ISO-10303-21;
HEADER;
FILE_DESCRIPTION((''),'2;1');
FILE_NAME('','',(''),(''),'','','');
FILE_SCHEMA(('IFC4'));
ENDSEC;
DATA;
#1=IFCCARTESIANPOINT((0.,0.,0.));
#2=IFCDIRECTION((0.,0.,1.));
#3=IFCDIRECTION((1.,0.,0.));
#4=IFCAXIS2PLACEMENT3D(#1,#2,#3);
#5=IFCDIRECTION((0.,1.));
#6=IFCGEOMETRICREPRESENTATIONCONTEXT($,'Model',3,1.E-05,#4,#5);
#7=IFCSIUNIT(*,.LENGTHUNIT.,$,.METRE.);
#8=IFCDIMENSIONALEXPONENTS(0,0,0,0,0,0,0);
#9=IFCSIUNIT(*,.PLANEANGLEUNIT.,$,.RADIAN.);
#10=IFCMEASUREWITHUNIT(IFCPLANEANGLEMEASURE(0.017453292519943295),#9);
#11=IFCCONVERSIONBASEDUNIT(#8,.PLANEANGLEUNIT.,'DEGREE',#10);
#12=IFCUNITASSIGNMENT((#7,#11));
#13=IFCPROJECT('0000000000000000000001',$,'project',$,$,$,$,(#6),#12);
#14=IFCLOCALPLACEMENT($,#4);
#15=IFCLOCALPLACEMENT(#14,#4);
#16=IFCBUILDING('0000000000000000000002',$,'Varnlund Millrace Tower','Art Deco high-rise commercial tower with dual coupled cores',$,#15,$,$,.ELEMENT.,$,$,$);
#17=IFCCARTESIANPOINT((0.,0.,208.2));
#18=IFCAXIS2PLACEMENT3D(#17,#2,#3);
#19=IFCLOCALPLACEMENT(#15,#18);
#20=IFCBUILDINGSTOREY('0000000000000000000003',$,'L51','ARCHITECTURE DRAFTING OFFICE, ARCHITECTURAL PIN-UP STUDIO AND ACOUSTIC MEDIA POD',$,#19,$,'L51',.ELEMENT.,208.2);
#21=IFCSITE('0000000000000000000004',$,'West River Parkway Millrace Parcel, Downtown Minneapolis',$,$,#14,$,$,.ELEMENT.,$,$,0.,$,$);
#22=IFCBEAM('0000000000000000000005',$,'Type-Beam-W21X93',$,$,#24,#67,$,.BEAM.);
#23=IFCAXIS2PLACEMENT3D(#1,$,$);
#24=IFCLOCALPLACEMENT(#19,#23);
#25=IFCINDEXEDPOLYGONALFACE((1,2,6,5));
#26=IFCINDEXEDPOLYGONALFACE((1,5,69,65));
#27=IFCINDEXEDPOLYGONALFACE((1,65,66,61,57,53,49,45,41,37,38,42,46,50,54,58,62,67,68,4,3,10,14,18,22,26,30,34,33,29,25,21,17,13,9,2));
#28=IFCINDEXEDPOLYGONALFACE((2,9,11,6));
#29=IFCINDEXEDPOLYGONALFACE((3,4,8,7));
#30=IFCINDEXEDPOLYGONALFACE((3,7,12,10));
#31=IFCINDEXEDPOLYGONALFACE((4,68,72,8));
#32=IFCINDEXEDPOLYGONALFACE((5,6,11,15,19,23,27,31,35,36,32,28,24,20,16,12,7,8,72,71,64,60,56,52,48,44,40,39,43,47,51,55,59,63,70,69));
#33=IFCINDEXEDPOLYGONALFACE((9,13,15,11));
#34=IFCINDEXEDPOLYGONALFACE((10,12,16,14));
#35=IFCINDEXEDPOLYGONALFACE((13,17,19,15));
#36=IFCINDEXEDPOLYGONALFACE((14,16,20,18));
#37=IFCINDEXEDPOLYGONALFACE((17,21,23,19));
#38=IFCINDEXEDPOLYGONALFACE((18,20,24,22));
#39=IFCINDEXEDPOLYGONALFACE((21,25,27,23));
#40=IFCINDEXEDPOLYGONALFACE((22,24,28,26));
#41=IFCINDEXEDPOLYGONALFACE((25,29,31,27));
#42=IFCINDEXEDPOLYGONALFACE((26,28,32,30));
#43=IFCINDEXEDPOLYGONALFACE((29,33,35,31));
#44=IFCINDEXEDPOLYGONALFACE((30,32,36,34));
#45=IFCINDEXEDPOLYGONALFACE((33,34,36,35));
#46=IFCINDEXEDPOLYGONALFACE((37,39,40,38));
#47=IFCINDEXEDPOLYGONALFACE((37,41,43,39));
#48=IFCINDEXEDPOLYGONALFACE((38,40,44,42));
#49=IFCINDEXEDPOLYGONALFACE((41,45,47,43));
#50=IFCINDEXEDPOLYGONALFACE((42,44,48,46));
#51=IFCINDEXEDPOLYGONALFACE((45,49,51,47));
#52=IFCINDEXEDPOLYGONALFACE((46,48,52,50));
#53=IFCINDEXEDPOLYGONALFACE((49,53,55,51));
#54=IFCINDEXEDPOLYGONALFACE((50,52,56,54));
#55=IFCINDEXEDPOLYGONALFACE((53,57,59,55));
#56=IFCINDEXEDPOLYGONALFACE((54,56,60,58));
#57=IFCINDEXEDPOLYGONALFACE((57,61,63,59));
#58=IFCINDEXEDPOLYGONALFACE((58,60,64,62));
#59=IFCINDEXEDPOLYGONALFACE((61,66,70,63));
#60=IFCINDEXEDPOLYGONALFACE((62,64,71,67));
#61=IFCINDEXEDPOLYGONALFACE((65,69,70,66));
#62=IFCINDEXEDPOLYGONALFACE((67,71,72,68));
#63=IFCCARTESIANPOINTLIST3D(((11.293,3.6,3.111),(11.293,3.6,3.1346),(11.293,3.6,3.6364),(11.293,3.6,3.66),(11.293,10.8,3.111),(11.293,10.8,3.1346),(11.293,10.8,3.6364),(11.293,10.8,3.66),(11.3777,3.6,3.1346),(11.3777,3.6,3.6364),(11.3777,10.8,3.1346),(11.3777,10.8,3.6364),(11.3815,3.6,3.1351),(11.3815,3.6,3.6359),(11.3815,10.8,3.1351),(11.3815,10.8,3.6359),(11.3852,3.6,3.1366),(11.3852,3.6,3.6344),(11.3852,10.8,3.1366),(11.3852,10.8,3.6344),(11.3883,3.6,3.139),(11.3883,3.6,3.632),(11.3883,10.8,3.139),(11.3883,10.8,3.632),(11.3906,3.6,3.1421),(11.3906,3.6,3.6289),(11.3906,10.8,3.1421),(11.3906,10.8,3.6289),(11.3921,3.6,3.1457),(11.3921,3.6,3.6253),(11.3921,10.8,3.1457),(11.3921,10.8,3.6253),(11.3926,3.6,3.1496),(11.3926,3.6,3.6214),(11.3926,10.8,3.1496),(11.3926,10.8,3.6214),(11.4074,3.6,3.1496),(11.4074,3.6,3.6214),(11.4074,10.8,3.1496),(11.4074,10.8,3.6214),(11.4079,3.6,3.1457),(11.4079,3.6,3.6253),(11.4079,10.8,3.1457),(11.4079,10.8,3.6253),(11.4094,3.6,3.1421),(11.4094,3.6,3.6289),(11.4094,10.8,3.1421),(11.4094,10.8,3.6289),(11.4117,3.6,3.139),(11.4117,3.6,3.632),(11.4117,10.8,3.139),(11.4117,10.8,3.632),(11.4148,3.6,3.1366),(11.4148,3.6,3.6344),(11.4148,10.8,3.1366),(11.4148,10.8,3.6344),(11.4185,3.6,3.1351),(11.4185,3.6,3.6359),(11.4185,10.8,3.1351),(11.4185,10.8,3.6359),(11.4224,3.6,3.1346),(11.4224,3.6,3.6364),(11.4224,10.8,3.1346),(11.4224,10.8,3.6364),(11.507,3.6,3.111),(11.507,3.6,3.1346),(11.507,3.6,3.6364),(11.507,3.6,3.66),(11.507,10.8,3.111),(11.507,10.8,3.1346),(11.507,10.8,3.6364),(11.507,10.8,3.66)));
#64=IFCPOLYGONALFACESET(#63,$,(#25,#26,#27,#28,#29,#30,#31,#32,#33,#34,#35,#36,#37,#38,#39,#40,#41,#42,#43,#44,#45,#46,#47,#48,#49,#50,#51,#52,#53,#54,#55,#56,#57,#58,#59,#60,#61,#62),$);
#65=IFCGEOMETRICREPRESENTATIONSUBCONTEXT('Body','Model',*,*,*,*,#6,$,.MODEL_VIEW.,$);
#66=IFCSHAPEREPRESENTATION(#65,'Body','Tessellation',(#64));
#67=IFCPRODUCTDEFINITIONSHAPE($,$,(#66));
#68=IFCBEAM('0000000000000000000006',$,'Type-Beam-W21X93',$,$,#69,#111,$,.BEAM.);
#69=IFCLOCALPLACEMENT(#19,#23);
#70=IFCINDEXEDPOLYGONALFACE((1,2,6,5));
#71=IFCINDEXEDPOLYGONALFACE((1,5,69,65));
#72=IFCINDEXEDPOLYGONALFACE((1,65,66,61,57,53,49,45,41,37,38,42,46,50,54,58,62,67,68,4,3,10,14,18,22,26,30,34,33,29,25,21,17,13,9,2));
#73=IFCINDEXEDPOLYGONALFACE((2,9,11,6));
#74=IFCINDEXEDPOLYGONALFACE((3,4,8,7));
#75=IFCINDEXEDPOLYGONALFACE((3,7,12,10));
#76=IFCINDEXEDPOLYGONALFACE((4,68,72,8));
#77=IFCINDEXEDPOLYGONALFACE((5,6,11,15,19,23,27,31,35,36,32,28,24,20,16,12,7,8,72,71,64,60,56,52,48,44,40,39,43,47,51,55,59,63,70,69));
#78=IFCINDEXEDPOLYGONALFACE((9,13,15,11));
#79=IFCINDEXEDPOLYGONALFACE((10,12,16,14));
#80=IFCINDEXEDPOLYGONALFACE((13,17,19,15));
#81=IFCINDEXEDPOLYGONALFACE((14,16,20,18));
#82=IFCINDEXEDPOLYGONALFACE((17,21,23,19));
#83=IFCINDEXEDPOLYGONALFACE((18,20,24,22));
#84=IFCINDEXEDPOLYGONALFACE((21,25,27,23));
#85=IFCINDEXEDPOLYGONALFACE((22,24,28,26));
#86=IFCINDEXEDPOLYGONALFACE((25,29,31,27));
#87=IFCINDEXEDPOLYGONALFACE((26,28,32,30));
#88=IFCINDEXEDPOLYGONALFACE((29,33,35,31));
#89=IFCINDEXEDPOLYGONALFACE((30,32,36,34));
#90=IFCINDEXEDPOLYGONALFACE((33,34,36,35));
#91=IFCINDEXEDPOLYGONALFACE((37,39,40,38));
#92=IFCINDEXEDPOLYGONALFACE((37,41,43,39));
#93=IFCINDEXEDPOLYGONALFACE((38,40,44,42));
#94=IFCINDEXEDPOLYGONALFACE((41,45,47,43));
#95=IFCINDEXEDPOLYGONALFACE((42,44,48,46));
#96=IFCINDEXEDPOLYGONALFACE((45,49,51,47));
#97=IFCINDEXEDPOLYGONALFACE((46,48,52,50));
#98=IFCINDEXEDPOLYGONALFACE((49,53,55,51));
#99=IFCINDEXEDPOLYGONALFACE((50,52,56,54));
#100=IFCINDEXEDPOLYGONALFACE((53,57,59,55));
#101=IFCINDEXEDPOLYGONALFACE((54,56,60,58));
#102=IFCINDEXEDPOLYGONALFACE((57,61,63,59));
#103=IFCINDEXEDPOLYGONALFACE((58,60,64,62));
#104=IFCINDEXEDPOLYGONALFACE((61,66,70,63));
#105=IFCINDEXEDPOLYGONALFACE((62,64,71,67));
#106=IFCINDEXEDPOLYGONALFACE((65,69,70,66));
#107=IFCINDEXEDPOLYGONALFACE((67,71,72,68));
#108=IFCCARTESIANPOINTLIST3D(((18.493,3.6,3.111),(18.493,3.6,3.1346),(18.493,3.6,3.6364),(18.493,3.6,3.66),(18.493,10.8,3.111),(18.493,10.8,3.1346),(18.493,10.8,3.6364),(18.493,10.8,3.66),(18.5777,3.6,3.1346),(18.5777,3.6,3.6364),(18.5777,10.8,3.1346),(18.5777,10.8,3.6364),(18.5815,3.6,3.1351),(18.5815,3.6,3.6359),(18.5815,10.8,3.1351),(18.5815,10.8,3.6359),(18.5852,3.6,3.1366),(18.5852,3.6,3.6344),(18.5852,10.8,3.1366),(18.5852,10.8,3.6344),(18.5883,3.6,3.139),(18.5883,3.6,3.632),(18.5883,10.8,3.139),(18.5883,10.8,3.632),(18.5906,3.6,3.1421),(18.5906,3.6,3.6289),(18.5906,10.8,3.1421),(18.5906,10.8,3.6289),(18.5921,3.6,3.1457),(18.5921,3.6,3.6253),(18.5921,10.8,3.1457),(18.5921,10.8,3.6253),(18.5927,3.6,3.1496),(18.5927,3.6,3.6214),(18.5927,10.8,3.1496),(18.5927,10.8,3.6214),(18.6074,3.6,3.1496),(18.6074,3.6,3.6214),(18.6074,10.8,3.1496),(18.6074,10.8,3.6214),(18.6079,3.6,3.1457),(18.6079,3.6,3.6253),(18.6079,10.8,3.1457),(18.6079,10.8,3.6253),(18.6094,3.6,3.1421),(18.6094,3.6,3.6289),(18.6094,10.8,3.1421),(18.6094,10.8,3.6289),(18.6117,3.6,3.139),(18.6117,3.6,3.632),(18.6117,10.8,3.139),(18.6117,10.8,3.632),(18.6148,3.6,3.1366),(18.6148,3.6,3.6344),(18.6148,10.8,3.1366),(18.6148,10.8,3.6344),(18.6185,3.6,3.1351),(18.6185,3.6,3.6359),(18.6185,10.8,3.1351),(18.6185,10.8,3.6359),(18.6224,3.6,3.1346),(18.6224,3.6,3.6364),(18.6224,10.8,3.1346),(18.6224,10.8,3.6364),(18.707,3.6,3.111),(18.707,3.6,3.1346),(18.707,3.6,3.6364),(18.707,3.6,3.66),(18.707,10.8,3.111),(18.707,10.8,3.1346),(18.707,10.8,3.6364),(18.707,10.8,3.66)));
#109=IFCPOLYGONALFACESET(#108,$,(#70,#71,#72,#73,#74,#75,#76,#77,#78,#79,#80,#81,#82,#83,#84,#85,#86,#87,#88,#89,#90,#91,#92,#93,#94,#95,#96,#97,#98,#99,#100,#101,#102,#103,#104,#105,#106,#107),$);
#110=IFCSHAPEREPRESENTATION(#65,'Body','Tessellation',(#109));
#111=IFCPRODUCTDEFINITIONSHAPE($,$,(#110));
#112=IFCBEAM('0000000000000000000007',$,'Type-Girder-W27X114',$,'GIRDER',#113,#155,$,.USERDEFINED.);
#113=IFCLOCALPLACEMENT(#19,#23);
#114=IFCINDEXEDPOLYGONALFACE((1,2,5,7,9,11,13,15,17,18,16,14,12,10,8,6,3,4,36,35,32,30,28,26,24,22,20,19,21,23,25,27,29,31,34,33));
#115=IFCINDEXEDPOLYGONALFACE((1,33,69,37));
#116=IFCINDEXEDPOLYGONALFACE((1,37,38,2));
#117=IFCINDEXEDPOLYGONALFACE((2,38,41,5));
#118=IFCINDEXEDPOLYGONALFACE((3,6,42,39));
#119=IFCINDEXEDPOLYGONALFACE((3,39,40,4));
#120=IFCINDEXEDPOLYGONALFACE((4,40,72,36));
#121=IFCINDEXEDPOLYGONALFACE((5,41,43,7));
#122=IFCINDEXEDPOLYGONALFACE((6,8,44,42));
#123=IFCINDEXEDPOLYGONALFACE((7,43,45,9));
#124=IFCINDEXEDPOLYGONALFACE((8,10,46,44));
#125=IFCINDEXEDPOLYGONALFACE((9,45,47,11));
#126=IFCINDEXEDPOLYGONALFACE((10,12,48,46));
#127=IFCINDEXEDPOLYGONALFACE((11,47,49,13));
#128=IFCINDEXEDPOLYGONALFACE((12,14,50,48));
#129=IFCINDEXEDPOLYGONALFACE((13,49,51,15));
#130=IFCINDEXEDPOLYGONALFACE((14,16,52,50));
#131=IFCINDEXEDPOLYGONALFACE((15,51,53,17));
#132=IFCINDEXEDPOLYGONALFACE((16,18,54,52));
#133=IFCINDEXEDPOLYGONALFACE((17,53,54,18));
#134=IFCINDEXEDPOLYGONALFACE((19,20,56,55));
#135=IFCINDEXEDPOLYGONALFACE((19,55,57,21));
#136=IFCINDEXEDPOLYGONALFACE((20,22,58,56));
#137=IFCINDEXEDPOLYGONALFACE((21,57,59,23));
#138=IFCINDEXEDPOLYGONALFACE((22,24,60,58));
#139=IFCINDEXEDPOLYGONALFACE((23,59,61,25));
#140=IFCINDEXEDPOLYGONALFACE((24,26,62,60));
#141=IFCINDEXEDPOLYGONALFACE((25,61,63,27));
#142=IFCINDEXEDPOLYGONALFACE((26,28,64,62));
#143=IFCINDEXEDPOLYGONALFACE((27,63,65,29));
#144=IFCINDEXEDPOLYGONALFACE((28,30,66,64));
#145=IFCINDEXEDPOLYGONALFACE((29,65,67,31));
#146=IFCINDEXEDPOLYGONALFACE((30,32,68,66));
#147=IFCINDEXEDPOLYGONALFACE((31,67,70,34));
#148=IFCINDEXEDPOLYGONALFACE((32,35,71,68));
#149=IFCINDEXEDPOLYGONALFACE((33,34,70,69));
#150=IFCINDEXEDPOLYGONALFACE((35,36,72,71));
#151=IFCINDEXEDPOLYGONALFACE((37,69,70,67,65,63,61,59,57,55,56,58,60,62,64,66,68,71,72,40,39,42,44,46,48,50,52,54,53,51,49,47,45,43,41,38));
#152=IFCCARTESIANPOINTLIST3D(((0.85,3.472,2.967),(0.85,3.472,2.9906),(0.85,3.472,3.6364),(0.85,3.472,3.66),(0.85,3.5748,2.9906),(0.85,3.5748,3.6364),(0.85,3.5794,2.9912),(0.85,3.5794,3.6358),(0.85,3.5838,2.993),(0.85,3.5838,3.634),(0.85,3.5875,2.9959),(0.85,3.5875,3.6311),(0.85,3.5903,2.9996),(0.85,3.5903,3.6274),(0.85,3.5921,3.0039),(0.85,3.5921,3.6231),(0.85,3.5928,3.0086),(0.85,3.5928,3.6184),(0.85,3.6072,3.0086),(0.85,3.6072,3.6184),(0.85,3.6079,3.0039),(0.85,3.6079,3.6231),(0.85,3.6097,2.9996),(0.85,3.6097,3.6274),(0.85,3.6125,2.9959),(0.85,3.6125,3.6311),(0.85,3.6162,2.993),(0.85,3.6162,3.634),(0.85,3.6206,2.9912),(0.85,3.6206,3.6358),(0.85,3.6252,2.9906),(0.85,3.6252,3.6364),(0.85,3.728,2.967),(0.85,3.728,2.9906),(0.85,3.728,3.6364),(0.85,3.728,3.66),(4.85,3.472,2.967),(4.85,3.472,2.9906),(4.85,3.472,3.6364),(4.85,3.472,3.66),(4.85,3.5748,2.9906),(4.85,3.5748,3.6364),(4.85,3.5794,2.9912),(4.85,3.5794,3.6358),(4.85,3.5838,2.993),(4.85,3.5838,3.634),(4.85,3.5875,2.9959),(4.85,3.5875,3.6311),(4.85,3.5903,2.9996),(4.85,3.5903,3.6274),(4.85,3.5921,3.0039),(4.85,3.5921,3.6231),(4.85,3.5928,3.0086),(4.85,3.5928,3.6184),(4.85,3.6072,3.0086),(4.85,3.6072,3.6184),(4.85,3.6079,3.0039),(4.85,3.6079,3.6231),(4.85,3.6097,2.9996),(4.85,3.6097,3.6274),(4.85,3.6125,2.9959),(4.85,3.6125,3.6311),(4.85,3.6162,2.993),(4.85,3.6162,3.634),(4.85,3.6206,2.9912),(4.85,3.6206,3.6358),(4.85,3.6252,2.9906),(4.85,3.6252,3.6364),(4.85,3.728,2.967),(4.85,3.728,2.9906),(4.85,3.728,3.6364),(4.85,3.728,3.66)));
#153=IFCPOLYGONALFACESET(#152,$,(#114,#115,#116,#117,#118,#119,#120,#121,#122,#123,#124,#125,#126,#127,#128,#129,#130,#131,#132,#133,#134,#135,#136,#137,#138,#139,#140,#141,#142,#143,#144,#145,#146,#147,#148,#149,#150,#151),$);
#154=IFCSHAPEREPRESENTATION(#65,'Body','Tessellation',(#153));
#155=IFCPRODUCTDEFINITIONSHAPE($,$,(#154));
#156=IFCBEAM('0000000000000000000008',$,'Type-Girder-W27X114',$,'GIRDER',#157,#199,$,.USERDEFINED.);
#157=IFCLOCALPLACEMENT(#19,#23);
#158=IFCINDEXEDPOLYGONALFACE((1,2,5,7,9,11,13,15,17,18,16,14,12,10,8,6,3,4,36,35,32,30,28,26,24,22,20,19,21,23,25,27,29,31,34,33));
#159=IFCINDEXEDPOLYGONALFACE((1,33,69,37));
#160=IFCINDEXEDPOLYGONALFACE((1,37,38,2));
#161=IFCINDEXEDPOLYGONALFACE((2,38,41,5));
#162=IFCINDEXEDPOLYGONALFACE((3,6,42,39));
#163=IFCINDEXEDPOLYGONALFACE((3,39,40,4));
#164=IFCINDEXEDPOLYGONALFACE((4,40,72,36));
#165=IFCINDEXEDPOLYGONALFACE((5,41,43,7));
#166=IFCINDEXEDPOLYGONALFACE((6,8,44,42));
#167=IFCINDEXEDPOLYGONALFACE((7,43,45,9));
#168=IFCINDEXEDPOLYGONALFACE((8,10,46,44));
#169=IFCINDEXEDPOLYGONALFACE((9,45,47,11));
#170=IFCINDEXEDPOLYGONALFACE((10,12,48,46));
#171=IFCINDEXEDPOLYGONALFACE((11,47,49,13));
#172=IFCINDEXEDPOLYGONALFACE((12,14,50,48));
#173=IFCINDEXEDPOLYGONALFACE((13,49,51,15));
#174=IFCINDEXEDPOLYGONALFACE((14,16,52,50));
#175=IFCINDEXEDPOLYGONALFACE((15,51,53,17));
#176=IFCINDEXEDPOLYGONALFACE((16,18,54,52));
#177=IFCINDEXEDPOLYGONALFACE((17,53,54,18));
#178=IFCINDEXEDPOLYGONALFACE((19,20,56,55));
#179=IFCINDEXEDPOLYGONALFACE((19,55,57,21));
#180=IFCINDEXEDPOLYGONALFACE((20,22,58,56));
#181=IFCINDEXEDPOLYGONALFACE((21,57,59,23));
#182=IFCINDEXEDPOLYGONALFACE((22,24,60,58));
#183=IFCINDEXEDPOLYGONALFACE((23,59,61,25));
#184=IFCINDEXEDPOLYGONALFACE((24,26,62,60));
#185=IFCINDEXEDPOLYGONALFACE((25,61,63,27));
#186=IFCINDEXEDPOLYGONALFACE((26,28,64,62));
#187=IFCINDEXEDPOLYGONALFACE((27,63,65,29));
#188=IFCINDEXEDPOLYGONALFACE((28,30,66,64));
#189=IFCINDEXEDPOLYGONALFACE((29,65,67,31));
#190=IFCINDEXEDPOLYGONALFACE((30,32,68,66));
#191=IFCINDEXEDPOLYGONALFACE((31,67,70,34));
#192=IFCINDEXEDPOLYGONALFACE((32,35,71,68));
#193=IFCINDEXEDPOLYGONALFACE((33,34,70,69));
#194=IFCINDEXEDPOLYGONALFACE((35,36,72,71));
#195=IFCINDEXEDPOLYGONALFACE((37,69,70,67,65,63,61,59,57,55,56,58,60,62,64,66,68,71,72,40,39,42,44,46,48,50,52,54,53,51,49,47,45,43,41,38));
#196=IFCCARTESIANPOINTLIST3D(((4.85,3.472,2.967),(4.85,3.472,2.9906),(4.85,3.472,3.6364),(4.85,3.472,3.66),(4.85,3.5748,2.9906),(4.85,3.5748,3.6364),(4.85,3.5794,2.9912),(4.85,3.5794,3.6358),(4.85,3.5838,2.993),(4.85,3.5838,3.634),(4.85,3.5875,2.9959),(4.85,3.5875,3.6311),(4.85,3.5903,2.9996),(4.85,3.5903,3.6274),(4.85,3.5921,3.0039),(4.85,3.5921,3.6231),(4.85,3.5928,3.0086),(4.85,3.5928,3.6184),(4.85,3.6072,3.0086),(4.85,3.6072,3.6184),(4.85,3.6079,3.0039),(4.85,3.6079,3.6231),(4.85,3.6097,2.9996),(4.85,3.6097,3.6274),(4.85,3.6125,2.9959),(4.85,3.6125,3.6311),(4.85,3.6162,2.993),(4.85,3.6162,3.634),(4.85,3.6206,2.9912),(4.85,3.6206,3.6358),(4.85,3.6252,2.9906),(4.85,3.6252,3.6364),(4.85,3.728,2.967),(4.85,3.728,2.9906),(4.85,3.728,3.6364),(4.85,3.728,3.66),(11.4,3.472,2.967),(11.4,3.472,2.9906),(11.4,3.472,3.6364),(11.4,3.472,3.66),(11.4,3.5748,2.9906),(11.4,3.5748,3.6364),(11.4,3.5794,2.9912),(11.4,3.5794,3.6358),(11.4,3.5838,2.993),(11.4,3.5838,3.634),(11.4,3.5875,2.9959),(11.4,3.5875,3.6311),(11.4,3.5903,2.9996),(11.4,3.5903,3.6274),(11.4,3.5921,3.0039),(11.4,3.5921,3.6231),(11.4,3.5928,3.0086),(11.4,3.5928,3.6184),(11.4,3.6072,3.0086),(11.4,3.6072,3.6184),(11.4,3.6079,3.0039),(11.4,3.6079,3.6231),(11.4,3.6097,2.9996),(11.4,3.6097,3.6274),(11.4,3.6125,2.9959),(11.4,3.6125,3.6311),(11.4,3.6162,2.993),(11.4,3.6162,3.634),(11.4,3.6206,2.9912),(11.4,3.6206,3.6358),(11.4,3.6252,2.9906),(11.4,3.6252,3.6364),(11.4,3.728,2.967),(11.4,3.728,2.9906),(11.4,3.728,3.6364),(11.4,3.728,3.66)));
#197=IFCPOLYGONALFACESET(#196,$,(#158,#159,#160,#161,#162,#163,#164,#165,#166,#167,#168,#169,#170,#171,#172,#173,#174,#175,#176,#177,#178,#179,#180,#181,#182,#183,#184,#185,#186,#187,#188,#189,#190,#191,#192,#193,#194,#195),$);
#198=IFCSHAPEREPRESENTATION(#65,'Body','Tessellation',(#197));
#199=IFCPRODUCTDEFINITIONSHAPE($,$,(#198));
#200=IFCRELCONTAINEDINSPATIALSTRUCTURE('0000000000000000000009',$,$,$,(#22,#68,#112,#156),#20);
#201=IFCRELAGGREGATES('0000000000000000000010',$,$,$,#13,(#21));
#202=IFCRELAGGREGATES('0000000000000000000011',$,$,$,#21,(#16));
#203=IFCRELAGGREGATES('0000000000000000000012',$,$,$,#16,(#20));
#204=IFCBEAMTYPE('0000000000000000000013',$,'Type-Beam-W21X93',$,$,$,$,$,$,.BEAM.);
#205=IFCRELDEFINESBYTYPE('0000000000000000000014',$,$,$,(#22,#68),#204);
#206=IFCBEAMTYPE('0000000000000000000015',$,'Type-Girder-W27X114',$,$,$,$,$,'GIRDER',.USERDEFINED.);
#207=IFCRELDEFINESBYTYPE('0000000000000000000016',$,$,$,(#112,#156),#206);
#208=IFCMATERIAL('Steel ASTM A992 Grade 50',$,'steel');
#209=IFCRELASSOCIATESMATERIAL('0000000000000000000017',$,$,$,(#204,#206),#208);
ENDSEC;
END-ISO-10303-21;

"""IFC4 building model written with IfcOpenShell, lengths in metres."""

from ifc_helpers import new_model, entity, si_unit, converted_unit, direction, frame, origin_with_axes, origin_2d_with_axis, place, context, subcontext, project, spatial, i_section, extrude, material, material_profile, profile_set, type_object, element, save


model = new_model("IFC4")

# Units and contexts
model_context = context("Model", 3, precision=1e-05, world=origin_with_axes(), true_north=direction((0.0, 1.0)))
body_context = subcontext(model_context, "Body", "Model", "MODEL_VIEW")
ifc_project = project(units=[si_unit("LENGTHUNIT", "METRE"), converted_unit("PLANEANGLEUNIT", "DEGREE", entity("IfcPlaneAngleMeasure", 0.017453292519943295), si_unit("PLANEANGLEUNIT", "RADIAN"), dimensions=[0, 0, 0, 0, 0, 0, 0])], contexts=[model_context])

# Site, building, storey
site_placement = place(None, origin_with_axes())
site = spatial("IfcSite", under=ifc_project, at=site_placement, Name="West River Parkway Millrace Parcel, Downtown Minneapolis", CompositionType="ELEMENT", RefElevation=0.0)
building_placement = place(site_placement, origin_with_axes())
building = spatial("IfcBuilding", under=site, at=building_placement, Name="Varnlund Millrace Tower", Description="Art Deco high-rise commercial tower with dual coupled cores", CompositionType="ELEMENT")
storey_placement = place(building_placement, frame((0.0, 0.0, 208.2), z_axis=(0.0, 0.0, 1.0), x_axis=(1.0, 0.0, 0.0)))
storey = spatial("IfcBuildingStorey", under=building, at=storey_placement, Name="L51", Description="ARCHITECTURE DRAFTING OFFICE, ARCHITECTURAL PIN-UP STUDIO AND ACOUSTIC MEDIA POD", LongName="L51", CompositionType="ELEMENT", Elevation=208.2)

# Beams
ifc_material_1 = material(Name="Steel ASTM A992 Grade 50", Category="steel")
ifc_material_profile_1 = material_profile(ifc_material_1, i_section(OverallWidth=0.214, OverallDepth=0.549, WebThickness=0.0147, FlangeThickness=0.0236, FilletRadius=0.015, at=origin_2d_with_axis()), Name="Steel ASTM A992 Grade 50")
ifc_profile_set_1 = profile_set([ifc_material_profile_1], Name="Steel ASTM A992 Grade 50")
beam_type_1 = type_object("IfcBeamType", Name="Type-Beam-W21X93", PredefinedType="BEAM", material=ifc_profile_set_1)
for number, where, z_axis, x_axis, name in (
    (1, (11.4, 3.6, 3.3855), (0.0, 1.0, 0.0), (-1.0, 0.0, 0.0), "Type-Beam-W21X93"),
    (2, (18.6, 3.6, 3.3855), (0.0, 1.0, 0.0), (-1.0, 0.0, 0.0), "Type-Beam-W21X93"),
):
    element("IfcBeam", number, at=place(storey_placement, frame(where, z_axis=z_axis, x_axis=x_axis)), inside=storey, type_object=beam_type_1, Name=name, PredefinedType="BEAM", context=body_context, shape_type="SweptSolid", body=[
        extrude(i_section(OverallWidth=0.214, OverallDepth=0.549, WebThickness=0.0147, FlangeThickness=0.0236, FilletRadius=0.015, at=origin_2d_with_axis()), origin_with_axes(), (0.0, 0.0, 1.0), 7.2),
    ])
ifc_material_profile_2 = material_profile(ifc_material_1, i_section(OverallWidth=0.256, OverallDepth=0.693, WebThickness=0.0145, FlangeThickness=0.0236, FilletRadius=0.018, at=origin_2d_with_axis()), Name="Steel ASTM A992 Grade 50")
ifc_profile_set_2 = profile_set([ifc_material_profile_2], Name="Steel ASTM A992 Grade 50")
beam_type_2 = type_object("IfcBeamType", Name="Type-Girder-W27X114", ElementType="GIRDER", PredefinedType="USERDEFINED", material=ifc_profile_set_2)
beam_1_placement = place(storey_placement, frame((0.85, 3.6, 3.3135), z_axis=(1.0, 0.0, 0.0), x_axis=(0.0, 1.0, 0.0)))
element("IfcBeam", 3, at=beam_1_placement, inside=storey, type_object=beam_type_2, Name="Type-Girder-W27X114", ObjectType="GIRDER", PredefinedType="USERDEFINED", context=body_context, shape_type="SweptSolid", body=[
    extrude(i_section(OverallWidth=0.256, OverallDepth=0.693, WebThickness=0.0145, FlangeThickness=0.0236, FilletRadius=0.018, at=origin_2d_with_axis()), origin_with_axes(), (0.0, 0.0, 1.0), 4.0),
])
beam_2_placement = place(storey_placement, frame((4.85, 3.6, 3.3135), z_axis=(1.0, 0.0, 0.0), x_axis=(0.0, 1.0, 0.0)))
element("IfcBeam", 4, at=beam_2_placement, inside=storey, type_object=beam_type_2, Name="Type-Girder-W27X114", ObjectType="GIRDER", PredefinedType="USERDEFINED", context=body_context, shape_type="SweptSolid", body=[
    extrude(i_section(OverallWidth=0.256, OverallDepth=0.693, WebThickness=0.0145, FlangeThickness=0.0236, FilletRadius=0.018, at=origin_2d_with_axis()), origin_with_axes(), (0.0, 0.0, 1.0), 6.55),
])

save(model, "model.ifc")
